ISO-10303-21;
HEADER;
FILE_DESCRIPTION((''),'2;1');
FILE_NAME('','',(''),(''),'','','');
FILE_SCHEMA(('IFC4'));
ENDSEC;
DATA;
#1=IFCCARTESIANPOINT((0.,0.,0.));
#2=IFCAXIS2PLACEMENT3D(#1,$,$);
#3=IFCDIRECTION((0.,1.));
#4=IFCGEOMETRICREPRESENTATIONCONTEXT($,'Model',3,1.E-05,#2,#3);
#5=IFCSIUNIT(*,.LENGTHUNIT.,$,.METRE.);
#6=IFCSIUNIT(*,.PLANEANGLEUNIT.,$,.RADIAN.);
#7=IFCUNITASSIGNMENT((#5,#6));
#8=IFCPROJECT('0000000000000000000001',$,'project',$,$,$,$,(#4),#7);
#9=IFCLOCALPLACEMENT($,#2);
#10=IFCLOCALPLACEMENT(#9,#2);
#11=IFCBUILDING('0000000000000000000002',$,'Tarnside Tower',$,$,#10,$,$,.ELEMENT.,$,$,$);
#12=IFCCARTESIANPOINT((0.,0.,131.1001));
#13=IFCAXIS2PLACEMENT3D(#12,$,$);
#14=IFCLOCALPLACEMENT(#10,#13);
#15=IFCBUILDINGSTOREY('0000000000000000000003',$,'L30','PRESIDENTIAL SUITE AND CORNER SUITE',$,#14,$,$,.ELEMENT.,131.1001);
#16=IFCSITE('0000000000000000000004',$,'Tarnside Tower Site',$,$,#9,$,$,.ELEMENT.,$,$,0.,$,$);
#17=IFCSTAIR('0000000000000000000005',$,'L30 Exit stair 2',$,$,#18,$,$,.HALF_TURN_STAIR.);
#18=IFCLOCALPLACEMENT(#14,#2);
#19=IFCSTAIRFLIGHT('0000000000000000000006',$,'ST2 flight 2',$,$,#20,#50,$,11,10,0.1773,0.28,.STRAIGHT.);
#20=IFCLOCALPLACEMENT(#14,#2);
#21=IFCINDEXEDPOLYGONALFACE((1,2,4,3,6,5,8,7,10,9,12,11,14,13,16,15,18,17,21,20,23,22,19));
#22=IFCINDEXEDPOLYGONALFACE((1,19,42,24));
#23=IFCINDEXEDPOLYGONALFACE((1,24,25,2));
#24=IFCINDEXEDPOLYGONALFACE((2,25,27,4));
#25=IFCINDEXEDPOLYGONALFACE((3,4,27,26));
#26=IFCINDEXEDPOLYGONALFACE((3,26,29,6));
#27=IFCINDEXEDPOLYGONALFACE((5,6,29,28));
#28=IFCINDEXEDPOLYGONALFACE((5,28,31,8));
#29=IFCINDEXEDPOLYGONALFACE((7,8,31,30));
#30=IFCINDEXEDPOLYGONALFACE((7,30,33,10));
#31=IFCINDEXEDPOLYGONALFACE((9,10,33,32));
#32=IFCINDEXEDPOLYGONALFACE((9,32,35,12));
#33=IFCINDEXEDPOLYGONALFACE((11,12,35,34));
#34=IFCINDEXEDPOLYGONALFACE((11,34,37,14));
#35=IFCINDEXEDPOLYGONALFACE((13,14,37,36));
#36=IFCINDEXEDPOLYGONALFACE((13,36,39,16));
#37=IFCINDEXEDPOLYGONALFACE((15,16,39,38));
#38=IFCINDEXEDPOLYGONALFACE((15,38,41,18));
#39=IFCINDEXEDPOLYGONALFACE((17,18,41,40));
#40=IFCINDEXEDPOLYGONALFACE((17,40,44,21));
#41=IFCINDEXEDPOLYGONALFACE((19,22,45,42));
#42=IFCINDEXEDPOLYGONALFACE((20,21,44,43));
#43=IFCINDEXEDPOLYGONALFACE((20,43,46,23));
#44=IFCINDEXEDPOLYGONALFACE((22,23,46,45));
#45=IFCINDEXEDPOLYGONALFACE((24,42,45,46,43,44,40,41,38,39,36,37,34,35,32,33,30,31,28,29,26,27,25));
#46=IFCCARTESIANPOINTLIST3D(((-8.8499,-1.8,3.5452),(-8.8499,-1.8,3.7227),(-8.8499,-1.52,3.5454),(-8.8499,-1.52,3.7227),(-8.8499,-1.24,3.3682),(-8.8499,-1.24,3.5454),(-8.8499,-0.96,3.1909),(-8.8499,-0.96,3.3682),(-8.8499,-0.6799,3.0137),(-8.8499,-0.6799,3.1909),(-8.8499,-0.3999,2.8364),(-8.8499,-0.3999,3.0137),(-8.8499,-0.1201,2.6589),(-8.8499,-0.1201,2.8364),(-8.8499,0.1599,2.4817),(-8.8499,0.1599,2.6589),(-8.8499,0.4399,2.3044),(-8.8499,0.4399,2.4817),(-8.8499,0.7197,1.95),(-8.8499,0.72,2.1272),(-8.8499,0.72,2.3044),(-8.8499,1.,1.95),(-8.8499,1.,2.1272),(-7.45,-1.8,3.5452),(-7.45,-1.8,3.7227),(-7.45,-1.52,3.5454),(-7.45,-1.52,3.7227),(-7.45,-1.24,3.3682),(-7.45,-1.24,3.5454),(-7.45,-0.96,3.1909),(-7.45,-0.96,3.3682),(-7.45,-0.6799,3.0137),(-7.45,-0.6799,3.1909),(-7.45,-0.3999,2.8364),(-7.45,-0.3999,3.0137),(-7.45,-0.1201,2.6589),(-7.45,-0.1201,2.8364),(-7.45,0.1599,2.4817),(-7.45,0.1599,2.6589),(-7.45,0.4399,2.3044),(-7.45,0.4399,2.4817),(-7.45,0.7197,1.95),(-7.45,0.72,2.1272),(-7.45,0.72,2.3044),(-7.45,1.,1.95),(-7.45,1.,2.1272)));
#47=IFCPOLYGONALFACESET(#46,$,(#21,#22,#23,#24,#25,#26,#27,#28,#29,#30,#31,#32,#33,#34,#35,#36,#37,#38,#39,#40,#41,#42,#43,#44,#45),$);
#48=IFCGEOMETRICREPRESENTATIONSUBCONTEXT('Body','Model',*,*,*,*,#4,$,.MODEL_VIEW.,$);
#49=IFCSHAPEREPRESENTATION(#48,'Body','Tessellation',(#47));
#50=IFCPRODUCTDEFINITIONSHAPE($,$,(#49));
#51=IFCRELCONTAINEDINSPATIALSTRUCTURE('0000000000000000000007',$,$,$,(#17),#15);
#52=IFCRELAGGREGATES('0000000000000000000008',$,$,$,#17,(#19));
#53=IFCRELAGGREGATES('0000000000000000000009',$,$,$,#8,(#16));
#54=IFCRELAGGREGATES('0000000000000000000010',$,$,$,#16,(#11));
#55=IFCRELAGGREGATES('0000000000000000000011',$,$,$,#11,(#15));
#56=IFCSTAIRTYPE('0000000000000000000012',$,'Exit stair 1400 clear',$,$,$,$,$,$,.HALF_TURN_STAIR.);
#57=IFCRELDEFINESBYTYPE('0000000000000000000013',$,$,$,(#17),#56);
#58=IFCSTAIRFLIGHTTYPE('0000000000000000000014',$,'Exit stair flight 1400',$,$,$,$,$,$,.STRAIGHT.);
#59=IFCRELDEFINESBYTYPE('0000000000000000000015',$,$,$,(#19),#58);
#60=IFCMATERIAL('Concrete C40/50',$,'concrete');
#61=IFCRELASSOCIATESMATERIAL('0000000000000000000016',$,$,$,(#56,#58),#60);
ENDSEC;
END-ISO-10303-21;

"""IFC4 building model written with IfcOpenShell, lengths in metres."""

from ifc_helpers import new_model, si_unit, direction, frame, origin, place, context, subcontext, project, spatial, polyline, outline, extrude, material, type_object, element, aggregate, save


model = new_model("IFC4")

# Units and contexts
model_context = context("Model", 3, precision=1e-05, world=origin(), true_north=direction((0.0, 1.0)))
body_context = subcontext(model_context, "Body", "Model", "MODEL_VIEW")
ifc_project = project(units=[si_unit("LENGTHUNIT", "METRE"), si_unit("PLANEANGLEUNIT", "RADIAN")], contexts=[model_context])

# Site, building, storey
site_placement = place(None, origin())
site = spatial("IfcSite", under=ifc_project, at=site_placement, Name="Tarnside Tower Site", CompositionType="ELEMENT", RefElevation=0.0)
building_placement = place(site_placement, origin())
building = spatial("IfcBuilding", under=site, at=building_placement, Name="Tarnside Tower", CompositionType="ELEMENT")
storey_placement = place(building_placement, frame((0.0, 0.0, 131.1001)))
storey = spatial("IfcBuildingStorey", under=building, at=storey_placement, Name="L30", Description="PRESIDENTIAL SUITE AND CORNER SUITE", CompositionType="ELEMENT", Elevation=131.1001)

# Shared definitions
ifc_material_1 = material(Name="Concrete C40/50", Category="concrete")

# Stair, stair flight
stair_type = type_object("IfcStairType", Name="Exit stair 1400 clear", PredefinedType="HALF_TURN_STAIR", material=ifc_material_1)
stair_placement = place(storey_placement, origin())
stair = element("IfcStair", 1, at=stair_placement, inside=storey, type_object=stair_type, Name="L30 Exit stair 2", PredefinedType="HALF_TURN_STAIR")
stair_flight_type = type_object("IfcStairFlightType", Name="Exit stair flight 1400", PredefinedType="STRAIGHT", material=ifc_material_1)
stair_flight_placement = place(storey_placement, frame((-8.1499, 1.0, 1.95), z_axis=(0.0, 0.0, 1.0), x_axis=(0.0, -1.0, 0.0)))
stair_flight = element("IfcStairFlight", 2, at=stair_flight_placement, type_object=stair_flight_type, Name="ST2 flight 2", NumberOfRisers=11, NumberOfTreads=10, PredefinedType="STRAIGHT", RiserHeight=0.1773, TreadLength=0.28, context=body_context, shape_type="SweptSolid", body=[
    extrude(outline(polyline([(0.0, 0.0), (0.0, 0.1772), (0.28, 0.1772), (0.28, 0.3545), (0.5601, 0.3545), (0.5601, 0.5317), (0.8401, 0.5317), (0.8401, 0.709), (1.1201, 0.709), (1.1201, 0.8865), (1.3999, 0.8865), (1.3999, 1.0637), (1.6799, 1.0637), (1.6799, 1.241), (1.96, 1.241), (1.96, 1.4182), (2.24, 1.4182), (2.24, 1.5955), (2.52, 1.5955), (2.52, 1.7727), (2.8, 1.7727), (2.8, 1.95), (2.8, 1.5952), (0.2803, 0.0), (0.0, 0.0)])), frame((0.0, 0.7, 0.0), z_axis=(0.0, -1.0, 0.0), x_axis=(1.0, 0.0, 0.0)), (0.0, 0.0, 1.0), 1.3999),
])
aggregate(stair, [stair_flight])

save(model, "model.ifc")
